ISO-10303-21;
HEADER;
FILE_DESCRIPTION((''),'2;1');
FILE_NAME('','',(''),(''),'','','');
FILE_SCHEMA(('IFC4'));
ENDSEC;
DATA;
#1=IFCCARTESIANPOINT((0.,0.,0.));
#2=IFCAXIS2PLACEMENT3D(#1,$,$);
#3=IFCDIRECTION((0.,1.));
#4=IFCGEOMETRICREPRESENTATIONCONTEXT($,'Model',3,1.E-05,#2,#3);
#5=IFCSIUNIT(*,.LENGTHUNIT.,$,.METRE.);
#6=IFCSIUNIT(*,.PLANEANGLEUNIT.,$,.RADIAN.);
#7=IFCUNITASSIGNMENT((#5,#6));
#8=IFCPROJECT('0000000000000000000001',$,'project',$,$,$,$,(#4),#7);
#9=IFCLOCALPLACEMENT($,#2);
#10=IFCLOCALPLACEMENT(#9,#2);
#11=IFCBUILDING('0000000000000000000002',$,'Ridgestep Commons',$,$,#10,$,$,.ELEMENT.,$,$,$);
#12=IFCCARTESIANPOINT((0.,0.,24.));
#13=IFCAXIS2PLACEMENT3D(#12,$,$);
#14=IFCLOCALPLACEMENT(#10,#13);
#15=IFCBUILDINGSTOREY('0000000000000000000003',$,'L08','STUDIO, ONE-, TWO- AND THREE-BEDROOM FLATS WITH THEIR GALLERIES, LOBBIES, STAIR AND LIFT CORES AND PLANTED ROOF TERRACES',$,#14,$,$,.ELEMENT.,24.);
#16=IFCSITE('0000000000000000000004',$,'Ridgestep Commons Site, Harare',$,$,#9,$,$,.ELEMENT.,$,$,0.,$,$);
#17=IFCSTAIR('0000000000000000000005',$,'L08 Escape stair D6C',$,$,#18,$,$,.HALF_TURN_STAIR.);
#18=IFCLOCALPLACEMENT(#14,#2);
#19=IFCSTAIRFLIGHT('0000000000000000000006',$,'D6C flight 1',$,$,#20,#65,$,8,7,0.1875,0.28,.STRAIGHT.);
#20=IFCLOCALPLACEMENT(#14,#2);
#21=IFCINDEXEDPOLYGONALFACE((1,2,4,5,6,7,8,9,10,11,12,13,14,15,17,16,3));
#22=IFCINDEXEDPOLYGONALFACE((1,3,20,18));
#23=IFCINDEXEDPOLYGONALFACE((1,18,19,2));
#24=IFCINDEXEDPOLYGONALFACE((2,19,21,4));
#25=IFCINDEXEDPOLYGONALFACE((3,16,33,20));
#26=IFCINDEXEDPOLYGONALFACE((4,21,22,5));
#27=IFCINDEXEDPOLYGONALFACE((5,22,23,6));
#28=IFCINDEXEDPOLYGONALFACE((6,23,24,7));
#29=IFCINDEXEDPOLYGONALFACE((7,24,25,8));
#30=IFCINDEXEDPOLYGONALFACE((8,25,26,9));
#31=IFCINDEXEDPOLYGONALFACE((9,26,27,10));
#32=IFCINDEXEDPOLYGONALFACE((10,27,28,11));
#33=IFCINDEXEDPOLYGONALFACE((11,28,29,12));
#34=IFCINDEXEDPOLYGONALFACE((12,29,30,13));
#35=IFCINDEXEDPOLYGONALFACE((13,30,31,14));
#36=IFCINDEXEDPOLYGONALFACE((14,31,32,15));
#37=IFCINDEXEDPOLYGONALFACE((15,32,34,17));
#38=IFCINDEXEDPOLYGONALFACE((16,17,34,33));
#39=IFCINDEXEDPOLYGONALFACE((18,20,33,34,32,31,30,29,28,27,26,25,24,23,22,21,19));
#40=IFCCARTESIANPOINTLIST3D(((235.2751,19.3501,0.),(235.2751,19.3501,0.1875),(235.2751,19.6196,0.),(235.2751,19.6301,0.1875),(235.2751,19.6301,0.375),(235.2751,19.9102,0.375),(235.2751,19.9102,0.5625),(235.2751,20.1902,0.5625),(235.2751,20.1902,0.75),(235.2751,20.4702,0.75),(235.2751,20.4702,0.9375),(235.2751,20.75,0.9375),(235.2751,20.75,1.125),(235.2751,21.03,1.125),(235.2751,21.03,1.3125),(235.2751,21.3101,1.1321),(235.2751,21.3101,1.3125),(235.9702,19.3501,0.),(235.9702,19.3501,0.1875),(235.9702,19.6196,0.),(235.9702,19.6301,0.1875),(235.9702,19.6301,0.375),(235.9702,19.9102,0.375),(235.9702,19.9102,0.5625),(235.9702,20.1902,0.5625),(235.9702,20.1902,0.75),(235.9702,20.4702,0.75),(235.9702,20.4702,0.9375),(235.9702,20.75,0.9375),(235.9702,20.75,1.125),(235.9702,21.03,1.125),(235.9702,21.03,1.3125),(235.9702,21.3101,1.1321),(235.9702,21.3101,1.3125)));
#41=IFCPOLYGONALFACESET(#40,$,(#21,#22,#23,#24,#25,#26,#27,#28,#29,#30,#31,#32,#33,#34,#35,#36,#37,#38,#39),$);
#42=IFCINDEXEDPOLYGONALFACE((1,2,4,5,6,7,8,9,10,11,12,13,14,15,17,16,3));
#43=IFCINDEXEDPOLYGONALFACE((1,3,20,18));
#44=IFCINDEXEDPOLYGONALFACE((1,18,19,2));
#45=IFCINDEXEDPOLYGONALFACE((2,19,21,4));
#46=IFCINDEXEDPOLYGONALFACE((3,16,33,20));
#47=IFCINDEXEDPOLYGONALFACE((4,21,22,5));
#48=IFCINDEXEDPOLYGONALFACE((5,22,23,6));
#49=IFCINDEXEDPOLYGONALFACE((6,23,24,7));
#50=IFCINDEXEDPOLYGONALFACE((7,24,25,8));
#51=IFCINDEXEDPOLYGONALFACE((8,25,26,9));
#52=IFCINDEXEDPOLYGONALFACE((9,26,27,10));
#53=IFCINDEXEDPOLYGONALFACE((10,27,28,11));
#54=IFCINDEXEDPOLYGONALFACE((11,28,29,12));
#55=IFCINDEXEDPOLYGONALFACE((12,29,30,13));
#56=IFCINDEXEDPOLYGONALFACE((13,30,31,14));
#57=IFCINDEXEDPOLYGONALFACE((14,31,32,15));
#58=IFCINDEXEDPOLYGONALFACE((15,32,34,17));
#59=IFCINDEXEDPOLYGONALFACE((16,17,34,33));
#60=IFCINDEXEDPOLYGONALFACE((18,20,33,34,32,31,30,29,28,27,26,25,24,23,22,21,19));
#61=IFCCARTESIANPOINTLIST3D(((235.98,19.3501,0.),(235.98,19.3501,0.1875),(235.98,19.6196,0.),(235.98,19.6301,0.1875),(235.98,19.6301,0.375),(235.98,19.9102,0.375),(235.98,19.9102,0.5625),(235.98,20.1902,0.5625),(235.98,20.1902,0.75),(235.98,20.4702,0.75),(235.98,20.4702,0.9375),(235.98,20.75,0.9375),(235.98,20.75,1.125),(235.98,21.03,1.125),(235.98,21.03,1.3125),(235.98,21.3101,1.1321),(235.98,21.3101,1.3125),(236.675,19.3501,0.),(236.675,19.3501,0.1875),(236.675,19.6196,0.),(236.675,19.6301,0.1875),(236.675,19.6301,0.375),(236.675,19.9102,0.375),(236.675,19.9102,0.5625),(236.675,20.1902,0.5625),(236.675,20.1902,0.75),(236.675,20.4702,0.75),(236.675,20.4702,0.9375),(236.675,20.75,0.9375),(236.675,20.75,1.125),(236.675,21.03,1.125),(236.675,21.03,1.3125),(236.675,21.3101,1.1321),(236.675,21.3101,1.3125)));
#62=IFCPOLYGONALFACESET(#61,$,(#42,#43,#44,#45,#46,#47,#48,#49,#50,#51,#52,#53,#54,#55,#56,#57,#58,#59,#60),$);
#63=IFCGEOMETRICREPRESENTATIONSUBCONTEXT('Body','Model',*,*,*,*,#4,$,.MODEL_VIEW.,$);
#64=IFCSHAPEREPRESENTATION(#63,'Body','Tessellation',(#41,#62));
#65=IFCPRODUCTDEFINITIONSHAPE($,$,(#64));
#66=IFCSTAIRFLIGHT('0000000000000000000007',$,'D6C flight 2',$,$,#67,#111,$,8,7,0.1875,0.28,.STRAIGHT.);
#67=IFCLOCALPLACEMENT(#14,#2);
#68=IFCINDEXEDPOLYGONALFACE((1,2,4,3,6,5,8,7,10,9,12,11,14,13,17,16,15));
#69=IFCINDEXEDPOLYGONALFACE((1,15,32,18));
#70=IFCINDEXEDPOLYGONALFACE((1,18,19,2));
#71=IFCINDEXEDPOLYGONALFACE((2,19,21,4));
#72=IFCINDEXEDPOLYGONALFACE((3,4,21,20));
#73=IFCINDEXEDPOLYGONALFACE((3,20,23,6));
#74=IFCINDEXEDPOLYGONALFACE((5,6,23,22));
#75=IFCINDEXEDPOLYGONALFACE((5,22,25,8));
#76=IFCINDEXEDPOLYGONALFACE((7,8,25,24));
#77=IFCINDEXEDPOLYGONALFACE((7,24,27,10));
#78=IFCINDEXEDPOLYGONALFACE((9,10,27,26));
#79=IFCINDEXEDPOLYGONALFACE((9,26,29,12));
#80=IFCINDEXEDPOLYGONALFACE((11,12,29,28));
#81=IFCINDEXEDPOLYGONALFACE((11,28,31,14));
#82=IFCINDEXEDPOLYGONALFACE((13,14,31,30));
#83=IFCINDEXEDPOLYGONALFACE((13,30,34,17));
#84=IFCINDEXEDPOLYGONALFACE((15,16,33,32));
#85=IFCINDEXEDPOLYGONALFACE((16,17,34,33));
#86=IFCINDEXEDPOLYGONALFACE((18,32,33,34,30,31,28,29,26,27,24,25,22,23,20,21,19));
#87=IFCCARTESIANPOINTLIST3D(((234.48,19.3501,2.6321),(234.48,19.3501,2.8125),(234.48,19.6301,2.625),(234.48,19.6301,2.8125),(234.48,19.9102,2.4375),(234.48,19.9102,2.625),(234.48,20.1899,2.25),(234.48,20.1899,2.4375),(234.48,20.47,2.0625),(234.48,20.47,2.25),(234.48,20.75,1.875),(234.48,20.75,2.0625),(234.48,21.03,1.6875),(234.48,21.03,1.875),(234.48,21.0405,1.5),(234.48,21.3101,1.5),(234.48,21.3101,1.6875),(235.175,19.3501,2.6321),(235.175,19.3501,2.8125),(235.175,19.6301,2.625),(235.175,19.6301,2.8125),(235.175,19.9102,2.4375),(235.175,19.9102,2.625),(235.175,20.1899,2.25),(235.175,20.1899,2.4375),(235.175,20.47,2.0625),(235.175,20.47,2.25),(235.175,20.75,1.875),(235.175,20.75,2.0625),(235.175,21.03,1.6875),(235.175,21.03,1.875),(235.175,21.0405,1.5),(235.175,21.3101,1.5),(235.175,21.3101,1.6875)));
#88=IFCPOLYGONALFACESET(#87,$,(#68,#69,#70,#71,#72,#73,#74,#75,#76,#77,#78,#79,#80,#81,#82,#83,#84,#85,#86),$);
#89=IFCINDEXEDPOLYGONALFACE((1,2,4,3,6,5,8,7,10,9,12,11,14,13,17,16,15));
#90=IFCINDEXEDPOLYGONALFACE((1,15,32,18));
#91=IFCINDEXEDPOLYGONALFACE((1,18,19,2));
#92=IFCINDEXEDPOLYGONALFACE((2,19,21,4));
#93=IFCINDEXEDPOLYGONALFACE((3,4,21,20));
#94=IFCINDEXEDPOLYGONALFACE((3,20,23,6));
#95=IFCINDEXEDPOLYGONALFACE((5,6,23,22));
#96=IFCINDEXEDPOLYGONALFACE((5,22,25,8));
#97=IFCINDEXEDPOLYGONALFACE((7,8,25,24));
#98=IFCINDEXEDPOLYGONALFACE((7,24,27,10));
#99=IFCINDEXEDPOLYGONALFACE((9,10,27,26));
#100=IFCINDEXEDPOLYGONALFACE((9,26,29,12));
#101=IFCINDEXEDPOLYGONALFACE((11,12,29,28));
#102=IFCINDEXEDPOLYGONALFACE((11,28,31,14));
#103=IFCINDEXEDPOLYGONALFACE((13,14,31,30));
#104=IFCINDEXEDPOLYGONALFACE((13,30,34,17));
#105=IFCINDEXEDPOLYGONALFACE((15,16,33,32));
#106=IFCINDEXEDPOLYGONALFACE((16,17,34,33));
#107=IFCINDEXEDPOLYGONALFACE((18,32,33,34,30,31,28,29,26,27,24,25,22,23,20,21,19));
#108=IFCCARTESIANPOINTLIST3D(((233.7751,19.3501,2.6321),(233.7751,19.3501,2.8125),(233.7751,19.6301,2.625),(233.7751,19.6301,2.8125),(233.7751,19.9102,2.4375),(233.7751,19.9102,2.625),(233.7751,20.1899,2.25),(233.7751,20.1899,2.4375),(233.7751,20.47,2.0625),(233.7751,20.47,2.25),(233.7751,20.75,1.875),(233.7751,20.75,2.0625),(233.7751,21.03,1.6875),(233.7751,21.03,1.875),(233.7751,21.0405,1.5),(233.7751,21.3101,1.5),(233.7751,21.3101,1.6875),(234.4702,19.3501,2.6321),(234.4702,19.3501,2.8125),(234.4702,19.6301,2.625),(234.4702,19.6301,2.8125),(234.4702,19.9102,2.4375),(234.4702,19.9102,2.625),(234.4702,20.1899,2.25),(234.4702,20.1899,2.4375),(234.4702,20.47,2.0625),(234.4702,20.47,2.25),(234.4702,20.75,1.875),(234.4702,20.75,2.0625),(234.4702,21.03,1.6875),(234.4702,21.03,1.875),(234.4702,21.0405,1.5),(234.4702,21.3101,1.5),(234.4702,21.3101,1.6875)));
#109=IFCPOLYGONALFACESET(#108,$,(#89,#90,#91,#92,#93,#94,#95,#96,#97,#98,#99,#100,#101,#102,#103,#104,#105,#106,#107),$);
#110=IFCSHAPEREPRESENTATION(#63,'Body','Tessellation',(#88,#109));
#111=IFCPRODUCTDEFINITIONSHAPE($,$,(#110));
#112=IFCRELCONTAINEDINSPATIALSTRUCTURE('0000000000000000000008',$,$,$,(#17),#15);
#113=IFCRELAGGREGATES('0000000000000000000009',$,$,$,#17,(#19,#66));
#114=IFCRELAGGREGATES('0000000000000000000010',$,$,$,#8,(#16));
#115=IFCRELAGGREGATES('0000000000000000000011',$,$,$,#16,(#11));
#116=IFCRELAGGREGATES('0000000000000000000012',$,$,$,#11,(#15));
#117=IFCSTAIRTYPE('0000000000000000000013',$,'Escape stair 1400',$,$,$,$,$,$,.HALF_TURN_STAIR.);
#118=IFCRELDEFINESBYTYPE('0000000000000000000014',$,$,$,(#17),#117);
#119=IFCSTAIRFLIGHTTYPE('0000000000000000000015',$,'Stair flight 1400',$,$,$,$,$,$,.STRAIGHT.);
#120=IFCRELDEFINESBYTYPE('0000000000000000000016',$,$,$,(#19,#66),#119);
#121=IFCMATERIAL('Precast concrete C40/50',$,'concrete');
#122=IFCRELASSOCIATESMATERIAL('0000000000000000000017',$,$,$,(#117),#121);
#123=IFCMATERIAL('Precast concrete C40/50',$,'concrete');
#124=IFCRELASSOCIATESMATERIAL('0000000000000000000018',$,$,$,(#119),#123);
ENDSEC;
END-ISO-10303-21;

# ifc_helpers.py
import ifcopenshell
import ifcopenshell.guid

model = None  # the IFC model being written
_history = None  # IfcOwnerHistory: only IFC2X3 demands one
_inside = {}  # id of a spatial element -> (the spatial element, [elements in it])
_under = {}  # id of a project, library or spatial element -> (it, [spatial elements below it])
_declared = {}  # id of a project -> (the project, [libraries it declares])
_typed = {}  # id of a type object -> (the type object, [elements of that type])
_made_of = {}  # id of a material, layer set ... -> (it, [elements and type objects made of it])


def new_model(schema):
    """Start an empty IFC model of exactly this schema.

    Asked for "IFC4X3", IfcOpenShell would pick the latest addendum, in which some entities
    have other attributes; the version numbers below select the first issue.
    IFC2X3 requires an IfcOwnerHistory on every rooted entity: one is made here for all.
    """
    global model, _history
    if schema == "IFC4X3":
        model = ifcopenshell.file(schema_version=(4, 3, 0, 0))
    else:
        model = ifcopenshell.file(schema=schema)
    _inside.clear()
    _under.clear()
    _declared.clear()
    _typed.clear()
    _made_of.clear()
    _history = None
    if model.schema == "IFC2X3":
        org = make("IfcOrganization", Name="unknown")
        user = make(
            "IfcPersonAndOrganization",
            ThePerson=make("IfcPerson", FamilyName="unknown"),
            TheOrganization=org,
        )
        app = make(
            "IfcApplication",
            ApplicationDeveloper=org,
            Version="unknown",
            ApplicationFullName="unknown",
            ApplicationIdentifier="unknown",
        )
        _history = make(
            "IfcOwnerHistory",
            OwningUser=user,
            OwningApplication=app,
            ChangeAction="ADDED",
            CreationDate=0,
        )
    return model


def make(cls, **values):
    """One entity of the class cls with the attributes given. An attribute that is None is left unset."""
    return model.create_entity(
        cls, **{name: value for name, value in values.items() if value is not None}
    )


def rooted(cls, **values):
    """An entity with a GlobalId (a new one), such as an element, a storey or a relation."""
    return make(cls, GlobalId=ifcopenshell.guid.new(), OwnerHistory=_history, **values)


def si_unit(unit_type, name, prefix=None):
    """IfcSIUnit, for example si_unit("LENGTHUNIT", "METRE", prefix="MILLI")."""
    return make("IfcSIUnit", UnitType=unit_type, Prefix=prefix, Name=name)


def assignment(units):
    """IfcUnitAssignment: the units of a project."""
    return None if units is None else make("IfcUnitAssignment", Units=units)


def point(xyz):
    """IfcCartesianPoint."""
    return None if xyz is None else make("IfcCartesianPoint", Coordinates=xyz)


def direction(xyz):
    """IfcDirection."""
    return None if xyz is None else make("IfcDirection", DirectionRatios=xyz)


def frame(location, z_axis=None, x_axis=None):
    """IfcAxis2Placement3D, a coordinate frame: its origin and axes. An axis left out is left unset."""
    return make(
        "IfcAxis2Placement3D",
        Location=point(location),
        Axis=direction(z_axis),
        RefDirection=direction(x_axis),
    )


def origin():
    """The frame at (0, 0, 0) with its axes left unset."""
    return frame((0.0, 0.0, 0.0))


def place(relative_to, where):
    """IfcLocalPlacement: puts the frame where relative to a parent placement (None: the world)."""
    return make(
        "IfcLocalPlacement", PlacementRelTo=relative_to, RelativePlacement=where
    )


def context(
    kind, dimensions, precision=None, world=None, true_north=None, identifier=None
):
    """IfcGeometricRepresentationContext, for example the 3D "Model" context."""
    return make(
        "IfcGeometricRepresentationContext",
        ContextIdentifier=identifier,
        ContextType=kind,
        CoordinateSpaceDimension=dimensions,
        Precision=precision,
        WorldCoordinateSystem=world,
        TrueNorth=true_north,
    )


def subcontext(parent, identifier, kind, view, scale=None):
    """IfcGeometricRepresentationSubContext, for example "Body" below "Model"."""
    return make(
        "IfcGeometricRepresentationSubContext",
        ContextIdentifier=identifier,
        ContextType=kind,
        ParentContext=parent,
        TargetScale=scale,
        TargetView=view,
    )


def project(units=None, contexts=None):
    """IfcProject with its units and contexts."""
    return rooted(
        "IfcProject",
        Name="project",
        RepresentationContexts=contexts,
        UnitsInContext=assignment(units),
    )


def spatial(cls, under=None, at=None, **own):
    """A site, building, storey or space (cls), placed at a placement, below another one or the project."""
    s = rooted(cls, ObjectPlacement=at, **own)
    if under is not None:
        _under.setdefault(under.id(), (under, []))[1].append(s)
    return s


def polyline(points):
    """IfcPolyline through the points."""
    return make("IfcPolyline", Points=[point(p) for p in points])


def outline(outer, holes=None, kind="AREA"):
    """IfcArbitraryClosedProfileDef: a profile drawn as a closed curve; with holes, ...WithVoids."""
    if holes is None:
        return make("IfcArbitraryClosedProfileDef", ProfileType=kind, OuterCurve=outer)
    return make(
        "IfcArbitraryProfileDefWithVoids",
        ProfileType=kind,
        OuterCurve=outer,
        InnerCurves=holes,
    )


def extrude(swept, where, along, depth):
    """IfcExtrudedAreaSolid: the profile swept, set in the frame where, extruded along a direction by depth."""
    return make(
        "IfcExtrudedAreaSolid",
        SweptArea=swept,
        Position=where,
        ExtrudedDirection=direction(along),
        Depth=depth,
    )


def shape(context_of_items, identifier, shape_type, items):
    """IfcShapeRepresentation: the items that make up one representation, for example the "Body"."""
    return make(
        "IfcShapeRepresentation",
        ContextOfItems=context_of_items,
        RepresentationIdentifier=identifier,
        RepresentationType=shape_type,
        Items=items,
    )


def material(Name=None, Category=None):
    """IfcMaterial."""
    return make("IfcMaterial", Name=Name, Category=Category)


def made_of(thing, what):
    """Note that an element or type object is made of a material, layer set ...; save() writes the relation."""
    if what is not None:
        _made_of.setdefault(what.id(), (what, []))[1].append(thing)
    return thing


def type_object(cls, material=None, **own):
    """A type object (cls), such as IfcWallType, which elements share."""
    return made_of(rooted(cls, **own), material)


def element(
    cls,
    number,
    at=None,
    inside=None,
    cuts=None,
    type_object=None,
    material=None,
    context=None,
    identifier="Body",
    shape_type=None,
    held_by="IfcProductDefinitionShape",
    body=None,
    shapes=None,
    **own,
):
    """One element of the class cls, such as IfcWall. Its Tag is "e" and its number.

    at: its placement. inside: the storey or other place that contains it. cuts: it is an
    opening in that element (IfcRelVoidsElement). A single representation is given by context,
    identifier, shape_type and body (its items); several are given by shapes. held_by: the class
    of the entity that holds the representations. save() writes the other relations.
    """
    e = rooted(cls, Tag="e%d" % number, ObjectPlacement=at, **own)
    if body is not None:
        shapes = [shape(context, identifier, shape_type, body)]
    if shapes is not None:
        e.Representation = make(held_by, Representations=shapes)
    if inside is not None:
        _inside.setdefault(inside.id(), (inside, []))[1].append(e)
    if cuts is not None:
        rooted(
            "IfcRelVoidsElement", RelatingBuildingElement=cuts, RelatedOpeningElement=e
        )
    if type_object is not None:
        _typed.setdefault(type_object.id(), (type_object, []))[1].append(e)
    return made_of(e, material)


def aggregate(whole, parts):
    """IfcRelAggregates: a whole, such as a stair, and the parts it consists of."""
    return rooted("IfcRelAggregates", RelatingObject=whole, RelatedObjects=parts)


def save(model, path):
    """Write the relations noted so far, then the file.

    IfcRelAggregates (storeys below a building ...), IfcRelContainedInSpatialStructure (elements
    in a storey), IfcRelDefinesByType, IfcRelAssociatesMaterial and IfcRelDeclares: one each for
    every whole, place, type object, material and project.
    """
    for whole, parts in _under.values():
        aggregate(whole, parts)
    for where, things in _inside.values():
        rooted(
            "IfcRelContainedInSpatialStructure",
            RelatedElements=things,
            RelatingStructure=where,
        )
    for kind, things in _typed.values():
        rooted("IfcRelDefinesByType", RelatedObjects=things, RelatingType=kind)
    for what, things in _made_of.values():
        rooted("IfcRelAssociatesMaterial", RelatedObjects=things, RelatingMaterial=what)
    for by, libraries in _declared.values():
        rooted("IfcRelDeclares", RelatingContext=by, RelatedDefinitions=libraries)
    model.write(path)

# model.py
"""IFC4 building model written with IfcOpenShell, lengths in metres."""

from ifc_helpers import new_model, si_unit, direction, frame, origin, place, context, subcontext, project, spatial, polyline, outline, extrude, material, type_object, element, aggregate, save


model = new_model("IFC4")

# Units and contexts
model_context = context("Model", 3, precision=1e-05, world=origin(), true_north=direction((0.0, 1.0)))
body_context = subcontext(model_context, "Body", "Model", "MODEL_VIEW")
ifc_project = project(units=[si_unit("LENGTHUNIT", "METRE"), si_unit("PLANEANGLEUNIT", "RADIAN")], contexts=[model_context])

# Site, building, storey
site_placement = place(None, origin())
site = spatial("IfcSite", under=ifc_project, at=site_placement, Name="Ridgestep Commons Site, Harare", CompositionType="ELEMENT", RefElevation=0.0)
building_placement = place(site_placement, origin())
building = spatial("IfcBuilding", under=site, at=building_placement, Name="Ridgestep Commons", CompositionType="ELEMENT")
storey_placement = place(building_placement, frame((0.0, 0.0, 24.0)))
storey = spatial("IfcBuildingStorey", under=building, at=storey_placement, Name="L08", Description="STUDIO, ONE-, TWO- AND THREE-BEDROOM FLATS WITH THEIR GALLERIES, LOBBIES, STAIR AND LIFT CORES AND PLANTED ROOF TERRACES", CompositionType="ELEMENT", Elevation=24.0)

# Stair, stair flights
ifc_material_1 = material(Name="Precast concrete C40/50", Category="concrete")
stair_type = type_object("IfcStairType", Name="Escape stair 1400", PredefinedType="HALF_TURN_STAIR", material=ifc_material_1)
stair_placement = place(storey_placement, origin())
stair = element("IfcStair", 1, at=stair_placement, inside=storey, type_object=stair_type, Name="L08 Escape stair D6C", PredefinedType="HALF_TURN_STAIR")
ifc_material_2 = material(Name="Precast concrete C40/50", Category="concrete")
stair_flight_type = type_object("IfcStairFlightType", Name="Stair flight 1400", PredefinedType="STRAIGHT", material=ifc_material_2)
stair_flight_1_placement = place(storey_placement, frame((235.9751, 19.3501, 0.0), z_axis=(0.0, 0.0, 1.0), x_axis=(0.0, 1.0, 0.0)))
stair_flight_1 = element("IfcStairFlight", 2, at=stair_flight_1_placement, type_object=stair_flight_type, Name="D6C flight 1", NumberOfRisers=8, NumberOfTreads=7, PredefinedType="STRAIGHT", RiserHeight=0.1875, TreadLength=0.28, context=body_context, shape_type="SweptSolid", body=[
    extrude(outline(polyline([(0.0, 0.0), (0.0, 0.1875), (0.28, 0.1875), (0.28, 0.375), (0.5601, 0.375), (0.5601, 0.5625), (0.8401, 0.5625), (0.8401, 0.75), (1.1201, 0.75), (1.1201, 0.9375), (1.3999, 0.9375), (1.3999, 1.125), (1.6799, 1.125), (1.6799, 1.3125), (1.96, 1.3125), (1.96, 1.5), (1.96, 1.1321), (0.2695, 0.0), (0.0, 0.0)])), frame((0.0, 0.7, 0.0), z_axis=(0.0, -1.0, 0.0), x_axis=(1.0, 0.0, 0.0)), (0.0, 0.0, 1.0), 0.6951),
    extrude(outline(polyline([(0.0, 0.0), (0.0, 0.1875), (0.28, 0.1875), (0.28, 0.375), (0.5601, 0.375), (0.5601, 0.5625), (0.8401, 0.5625), (0.8401, 0.75), (1.1201, 0.75), (1.1201, 0.9375), (1.3999, 0.9375), (1.3999, 1.125), (1.6799, 1.125), (1.6799, 1.3125), (1.96, 1.3125), (1.96, 1.5), (1.96, 1.1321), (0.2695, 0.0), (0.0, 0.0)])), frame((0.0, -0.0049, 0.0), z_axis=(0.0, -1.0, 0.0), x_axis=(1.0, 0.0, 0.0)), (0.0, 0.0, 1.0), 0.6951),
])
stair_flight_2_placement = place(storey_placement, frame((234.4751, 21.3101, 1.5), z_axis=(0.0, 0.0, 1.0), x_axis=(0.0, -1.0, 0.0)))
stair_flight_2 = element("IfcStairFlight", 3, at=stair_flight_2_placement, type_object=stair_flight_type, Name="D6C flight 2", NumberOfRisers=8, NumberOfTreads=7, PredefinedType="STRAIGHT", RiserHeight=0.1875, TreadLength=0.28, context=body_context, shape_type="SweptSolid", body=[
    extrude(outline(polyline([(0.0, 0.0), (0.0, 0.1875), (0.28, 0.1875), (0.28, 0.375), (0.5601, 0.375), (0.5601, 0.5625), (0.8401, 0.5625), (0.8401, 0.75), (1.1201, 0.75), (1.1201, 0.9375), (1.3999, 0.9375), (1.3999, 1.125), (1.6799, 1.125), (1.6799, 1.3125), (1.96, 1.3125), (1.96, 1.5), (1.96, 1.1321), (0.2695, 0.0), (0.0, 0.0)])), frame((0.0, 0.7, 0.0), z_axis=(0.0, -1.0, 0.0), x_axis=(1.0, 0.0, 0.0)), (0.0, 0.0, 1.0), 0.6951),
    extrude(outline(polyline([(0.0, 0.0), (0.0, 0.1875), (0.28, 0.1875), (0.28, 0.375), (0.5601, 0.375), (0.5601, 0.5625), (0.8401, 0.5625), (0.8401, 0.75), (1.1201, 0.75), (1.1201, 0.9375), (1.3999, 0.9375), (1.3999, 1.125), (1.6799, 1.125), (1.6799, 1.3125), (1.96, 1.3125), (1.96, 1.5), (1.96, 1.1321), (0.2695, 0.0), (0.0, 0.0)])), frame((0.0, -0.0049, 0.0), z_axis=(0.0, -1.0, 0.0), x_axis=(1.0, 0.0, 0.0)), (0.0, 0.0, 1.0), 0.6951),
])
aggregate(stair, [stair_flight_1, stair_flight_2])

save(model, "model.ifc")
